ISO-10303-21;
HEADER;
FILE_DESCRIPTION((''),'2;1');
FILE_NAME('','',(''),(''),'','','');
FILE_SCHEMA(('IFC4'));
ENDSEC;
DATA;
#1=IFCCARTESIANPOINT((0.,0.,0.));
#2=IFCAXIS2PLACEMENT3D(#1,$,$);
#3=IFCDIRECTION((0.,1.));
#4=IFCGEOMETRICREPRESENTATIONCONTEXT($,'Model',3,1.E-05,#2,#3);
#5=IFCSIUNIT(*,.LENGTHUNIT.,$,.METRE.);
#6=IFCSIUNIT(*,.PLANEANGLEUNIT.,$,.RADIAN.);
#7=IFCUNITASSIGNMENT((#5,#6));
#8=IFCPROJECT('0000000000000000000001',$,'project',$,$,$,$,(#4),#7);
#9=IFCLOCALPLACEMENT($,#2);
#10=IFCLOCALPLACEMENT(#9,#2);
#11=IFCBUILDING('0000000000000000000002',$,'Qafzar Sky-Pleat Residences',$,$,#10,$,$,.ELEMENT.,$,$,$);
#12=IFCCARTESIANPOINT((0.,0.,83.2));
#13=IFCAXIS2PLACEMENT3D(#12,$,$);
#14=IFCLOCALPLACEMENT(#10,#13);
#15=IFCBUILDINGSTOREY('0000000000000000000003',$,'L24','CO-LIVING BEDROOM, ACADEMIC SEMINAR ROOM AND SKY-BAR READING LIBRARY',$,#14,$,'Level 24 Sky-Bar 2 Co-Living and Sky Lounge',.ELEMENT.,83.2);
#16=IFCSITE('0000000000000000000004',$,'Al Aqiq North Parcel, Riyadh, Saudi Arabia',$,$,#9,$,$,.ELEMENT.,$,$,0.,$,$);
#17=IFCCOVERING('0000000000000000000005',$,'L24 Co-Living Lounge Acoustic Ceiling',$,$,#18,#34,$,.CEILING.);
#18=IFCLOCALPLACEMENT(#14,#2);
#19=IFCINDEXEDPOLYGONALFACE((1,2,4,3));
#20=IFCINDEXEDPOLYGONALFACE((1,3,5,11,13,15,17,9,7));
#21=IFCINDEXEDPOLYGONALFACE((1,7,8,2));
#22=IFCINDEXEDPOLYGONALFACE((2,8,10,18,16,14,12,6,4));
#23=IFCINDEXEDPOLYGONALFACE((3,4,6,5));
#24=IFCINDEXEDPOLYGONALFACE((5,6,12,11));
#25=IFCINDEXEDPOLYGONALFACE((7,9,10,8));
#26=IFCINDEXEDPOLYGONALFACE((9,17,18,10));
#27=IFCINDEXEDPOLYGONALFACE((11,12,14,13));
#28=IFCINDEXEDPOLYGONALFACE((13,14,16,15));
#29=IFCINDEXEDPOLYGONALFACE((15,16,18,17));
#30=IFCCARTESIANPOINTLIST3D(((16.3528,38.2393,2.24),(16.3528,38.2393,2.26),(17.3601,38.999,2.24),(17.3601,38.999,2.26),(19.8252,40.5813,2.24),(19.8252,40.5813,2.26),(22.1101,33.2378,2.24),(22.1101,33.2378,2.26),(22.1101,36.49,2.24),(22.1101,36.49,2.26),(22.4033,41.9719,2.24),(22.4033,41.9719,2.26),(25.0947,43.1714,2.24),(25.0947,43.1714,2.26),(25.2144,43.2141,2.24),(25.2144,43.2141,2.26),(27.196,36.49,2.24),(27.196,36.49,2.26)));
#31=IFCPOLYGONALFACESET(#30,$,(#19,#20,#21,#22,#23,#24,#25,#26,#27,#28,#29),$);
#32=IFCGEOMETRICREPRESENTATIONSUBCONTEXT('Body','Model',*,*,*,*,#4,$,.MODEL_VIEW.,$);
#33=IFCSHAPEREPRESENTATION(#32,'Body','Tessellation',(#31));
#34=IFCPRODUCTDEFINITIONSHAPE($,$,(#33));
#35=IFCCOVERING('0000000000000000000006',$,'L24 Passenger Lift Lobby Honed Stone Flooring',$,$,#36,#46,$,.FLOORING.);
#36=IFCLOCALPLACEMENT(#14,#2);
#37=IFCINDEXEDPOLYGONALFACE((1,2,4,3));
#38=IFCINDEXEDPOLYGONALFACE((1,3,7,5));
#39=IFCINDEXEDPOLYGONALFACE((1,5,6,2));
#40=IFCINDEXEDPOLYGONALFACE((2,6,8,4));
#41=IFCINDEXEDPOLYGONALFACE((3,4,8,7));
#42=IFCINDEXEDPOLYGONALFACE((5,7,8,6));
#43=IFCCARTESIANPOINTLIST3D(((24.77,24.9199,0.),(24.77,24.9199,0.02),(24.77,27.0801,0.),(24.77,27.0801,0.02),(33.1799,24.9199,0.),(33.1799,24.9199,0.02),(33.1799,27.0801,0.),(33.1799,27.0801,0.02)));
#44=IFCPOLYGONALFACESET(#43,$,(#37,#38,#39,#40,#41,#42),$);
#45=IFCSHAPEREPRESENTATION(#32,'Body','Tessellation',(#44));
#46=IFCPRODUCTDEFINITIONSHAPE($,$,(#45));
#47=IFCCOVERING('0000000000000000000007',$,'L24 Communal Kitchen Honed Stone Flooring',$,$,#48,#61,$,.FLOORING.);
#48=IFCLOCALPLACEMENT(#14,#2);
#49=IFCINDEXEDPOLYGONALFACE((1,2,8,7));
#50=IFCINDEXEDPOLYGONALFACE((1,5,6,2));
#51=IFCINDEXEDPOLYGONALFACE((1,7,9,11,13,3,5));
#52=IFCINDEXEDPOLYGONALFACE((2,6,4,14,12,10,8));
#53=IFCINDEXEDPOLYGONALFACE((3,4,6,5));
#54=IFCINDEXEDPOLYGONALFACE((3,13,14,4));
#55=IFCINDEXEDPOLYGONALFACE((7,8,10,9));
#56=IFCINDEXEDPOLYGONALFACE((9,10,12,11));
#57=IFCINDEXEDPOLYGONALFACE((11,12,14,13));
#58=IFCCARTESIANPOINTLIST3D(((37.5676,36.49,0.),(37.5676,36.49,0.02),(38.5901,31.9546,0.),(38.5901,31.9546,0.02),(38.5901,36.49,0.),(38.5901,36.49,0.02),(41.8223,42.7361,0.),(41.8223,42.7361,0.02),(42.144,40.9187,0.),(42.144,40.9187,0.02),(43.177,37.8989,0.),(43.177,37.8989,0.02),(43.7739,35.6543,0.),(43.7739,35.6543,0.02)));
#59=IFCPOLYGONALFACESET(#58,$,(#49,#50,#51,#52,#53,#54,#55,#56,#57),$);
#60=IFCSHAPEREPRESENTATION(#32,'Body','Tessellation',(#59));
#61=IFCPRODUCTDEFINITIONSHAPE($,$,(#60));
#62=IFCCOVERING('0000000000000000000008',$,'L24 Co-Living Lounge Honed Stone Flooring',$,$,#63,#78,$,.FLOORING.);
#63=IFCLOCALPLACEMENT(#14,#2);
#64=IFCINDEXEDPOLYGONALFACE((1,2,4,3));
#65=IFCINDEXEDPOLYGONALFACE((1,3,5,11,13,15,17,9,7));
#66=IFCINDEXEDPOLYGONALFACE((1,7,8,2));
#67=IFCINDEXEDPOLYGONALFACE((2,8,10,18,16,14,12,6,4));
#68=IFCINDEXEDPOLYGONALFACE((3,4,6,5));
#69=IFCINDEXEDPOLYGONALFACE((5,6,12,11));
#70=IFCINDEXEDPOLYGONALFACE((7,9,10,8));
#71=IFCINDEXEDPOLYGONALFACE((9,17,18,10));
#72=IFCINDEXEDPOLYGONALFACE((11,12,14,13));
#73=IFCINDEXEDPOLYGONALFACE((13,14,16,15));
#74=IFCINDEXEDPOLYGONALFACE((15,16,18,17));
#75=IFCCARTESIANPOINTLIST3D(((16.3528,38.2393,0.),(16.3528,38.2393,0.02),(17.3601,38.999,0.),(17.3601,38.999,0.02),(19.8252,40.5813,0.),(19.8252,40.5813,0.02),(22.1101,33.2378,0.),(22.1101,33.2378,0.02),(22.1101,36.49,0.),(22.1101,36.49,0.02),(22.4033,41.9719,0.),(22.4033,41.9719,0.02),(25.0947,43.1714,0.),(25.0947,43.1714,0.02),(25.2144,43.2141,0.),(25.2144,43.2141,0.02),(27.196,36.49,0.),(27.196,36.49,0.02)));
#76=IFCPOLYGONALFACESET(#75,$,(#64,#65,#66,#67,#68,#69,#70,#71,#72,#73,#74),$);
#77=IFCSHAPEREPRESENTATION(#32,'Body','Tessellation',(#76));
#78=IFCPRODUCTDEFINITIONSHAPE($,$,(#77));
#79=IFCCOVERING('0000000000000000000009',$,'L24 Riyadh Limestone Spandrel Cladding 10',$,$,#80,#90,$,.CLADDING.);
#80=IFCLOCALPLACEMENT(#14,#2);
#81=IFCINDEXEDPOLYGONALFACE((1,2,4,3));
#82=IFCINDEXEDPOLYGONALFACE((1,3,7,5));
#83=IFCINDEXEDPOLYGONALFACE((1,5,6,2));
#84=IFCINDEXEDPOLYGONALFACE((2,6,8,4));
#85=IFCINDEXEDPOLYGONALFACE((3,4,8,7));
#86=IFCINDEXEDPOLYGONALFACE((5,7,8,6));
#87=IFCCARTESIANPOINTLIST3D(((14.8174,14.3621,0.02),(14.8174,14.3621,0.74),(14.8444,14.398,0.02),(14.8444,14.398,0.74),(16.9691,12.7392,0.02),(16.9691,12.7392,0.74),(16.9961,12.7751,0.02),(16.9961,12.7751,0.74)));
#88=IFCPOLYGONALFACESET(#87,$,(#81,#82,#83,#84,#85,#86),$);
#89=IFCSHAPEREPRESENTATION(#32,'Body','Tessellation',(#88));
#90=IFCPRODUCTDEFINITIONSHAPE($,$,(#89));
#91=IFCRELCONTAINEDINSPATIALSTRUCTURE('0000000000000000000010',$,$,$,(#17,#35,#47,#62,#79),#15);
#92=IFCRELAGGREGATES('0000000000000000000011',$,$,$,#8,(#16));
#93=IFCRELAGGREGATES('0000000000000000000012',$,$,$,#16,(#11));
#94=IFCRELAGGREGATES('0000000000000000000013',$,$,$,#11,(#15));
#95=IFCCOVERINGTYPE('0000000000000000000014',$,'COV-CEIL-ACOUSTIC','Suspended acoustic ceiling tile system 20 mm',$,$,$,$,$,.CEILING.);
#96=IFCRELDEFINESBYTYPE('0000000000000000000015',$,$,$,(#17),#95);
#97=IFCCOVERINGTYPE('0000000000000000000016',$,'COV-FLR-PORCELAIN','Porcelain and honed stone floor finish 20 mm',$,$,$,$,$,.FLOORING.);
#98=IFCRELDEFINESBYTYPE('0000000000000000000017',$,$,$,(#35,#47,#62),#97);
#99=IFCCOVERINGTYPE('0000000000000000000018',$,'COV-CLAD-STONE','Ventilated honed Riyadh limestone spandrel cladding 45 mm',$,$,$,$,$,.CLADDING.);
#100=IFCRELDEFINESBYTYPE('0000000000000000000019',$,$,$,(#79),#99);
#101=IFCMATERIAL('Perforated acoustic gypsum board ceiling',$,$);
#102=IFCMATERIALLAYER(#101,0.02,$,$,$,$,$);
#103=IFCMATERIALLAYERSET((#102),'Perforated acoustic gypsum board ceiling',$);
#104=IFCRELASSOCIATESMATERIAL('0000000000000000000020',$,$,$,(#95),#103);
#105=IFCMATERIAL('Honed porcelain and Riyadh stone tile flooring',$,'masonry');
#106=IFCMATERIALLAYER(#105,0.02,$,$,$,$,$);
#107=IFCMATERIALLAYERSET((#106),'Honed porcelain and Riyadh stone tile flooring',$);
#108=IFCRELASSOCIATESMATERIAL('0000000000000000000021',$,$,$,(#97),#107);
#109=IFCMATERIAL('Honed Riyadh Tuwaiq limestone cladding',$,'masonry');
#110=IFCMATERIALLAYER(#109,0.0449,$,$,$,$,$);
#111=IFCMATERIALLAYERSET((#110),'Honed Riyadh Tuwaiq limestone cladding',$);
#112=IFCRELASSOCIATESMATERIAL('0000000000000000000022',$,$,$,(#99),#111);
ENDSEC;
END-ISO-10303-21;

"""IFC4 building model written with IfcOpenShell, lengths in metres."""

from ifc_helpers import new_model, si_unit, direction, frame, origin, origin_2d, place, context, subcontext, project, spatial, polyline, rectangle, outline, extrude, source, transform, mapped, material, layer, layer_set, type_object, element, save


model = new_model("IFC4")

# Units and contexts
model_context = context("Model", 3, precision=1e-05, world=origin(), true_north=direction((0.0, 1.0)))
body_context = subcontext(model_context, "Body", "Model", "MODEL_VIEW")
ifc_project = project(units=[si_unit("LENGTHUNIT", "METRE"), si_unit("PLANEANGLEUNIT", "RADIAN")], contexts=[model_context])

# Site, building, storey
site_placement = place(None, origin())
site = spatial("IfcSite", under=ifc_project, at=site_placement, Name="Al Aqiq North Parcel, Riyadh, Saudi Arabia", CompositionType="ELEMENT", RefElevation=0.0)
building_placement = place(site_placement, origin())
building = spatial("IfcBuilding", under=site, at=building_placement, Name="Qafzar Sky-Pleat Residences", CompositionType="ELEMENT")
storey_placement = place(building_placement, frame((0.0, 0.0, 83.2)))
storey = spatial("IfcBuildingStorey", under=building, at=storey_placement, Name="L24", Description="CO-LIVING BEDROOM, ACADEMIC SEMINAR ROOM AND SKY-BAR READING LIBRARY", LongName="Level 24 Sky-Bar 2 Co-Living and Sky Lounge", CompositionType="ELEMENT", Elevation=83.2)

# Coverings
ifc_material_1 = material(Name="Perforated acoustic gypsum board ceiling")
ifc_layer_1 = layer(ifc_material_1, 0.02)
ifc_layer_set_1 = layer_set([ifc_layer_1], Name="Perforated acoustic gypsum board ceiling")
covering_type_1 = type_object("IfcCoveringType", Name="COV-CEIL-ACOUSTIC", Description="Suspended acoustic ceiling tile system 20 mm", PredefinedType="CEILING", material=ifc_layer_set_1)
covering_1_placement = place(storey_placement, frame((0.0, 0.0, 2.24)))
element("IfcCovering", 1, at=covering_1_placement, inside=storey, type_object=covering_type_1, Name="L24 Co-Living Lounge Acoustic Ceiling", PredefinedType="CEILING", context=body_context, shape_type="SweptSolid", body=[
    extrude(outline(polyline([(17.3601, 38.999), (19.8252, 40.5813), (22.4033, 41.9719), (25.0947, 43.1714), (25.2144, 43.2141), (27.196, 36.49), (22.1101, 36.49), (22.1101, 33.2378), (16.3528, 38.2393), (17.3601, 38.999)])), origin(), (0.0, 0.0, 1.0), 0.02),
])
ifc_material_2 = material(Name="Honed porcelain and Riyadh stone tile flooring", Category="masonry")
ifc_layer_2 = layer(ifc_material_2, 0.02)
ifc_layer_set_2 = layer_set([ifc_layer_2], Name="Honed porcelain and Riyadh stone tile flooring")
covering_type_2 = type_object("IfcCoveringType", Name="COV-FLR-PORCELAIN", Description="Porcelain and honed stone floor finish 20 mm", PredefinedType="FLOORING", material=ifc_layer_set_2)
covering_2_placement = place(storey_placement, origin())
element("IfcCovering", 2, at=covering_2_placement, inside=storey, type_object=covering_type_2, Name="L24 Passenger Lift Lobby Honed Stone Flooring", PredefinedType="FLOORING", context=body_context, shape_type="SweptSolid", body=[
    extrude(outline(polyline([(33.1799, 24.9199), (24.77, 24.9199), (24.77, 27.0801), (33.1799, 27.0801), (33.1799, 24.9199)])), origin(), (0.0, 0.0, 1.0), 0.02),
])
covering_3_placement = place(storey_placement, origin())
element("IfcCovering", 3, at=covering_3_placement, inside=storey, type_object=covering_type_2, Name="L24 Communal Kitchen Honed Stone Flooring", PredefinedType="FLOORING", context=body_context, shape_type="SweptSolid", body=[
    extrude(outline(polyline([(42.144, 40.9187), (43.177, 37.8989), (43.7739, 35.6543), (38.5901, 31.9546), (38.5901, 36.49), (37.5676, 36.49), (41.8223, 42.7361), (42.144, 40.9187)])), origin(), (0.0, 0.0, 1.0), 0.02),
])
covering_4_placement = place(storey_placement, origin())
element("IfcCovering", 4, at=covering_4_placement, inside=storey, type_object=covering_type_2, Name="L24 Co-Living Lounge Honed Stone Flooring", PredefinedType="FLOORING", context=body_context, shape_type="SweptSolid", body=[
    extrude(outline(polyline([(17.3601, 38.999), (19.8252, 40.5813), (22.4033, 41.9719), (25.0947, 43.1714), (25.2144, 43.2141), (27.196, 36.49), (22.1101, 36.49), (22.1101, 33.2378), (16.3528, 38.2393), (17.3601, 38.999)])), origin(), (0.0, 0.0, 1.0), 0.02),
])
ifc_material_3 = material(Name="Honed Riyadh Tuwaiq limestone cladding", Category="masonry")
ifc_layer_3 = layer(ifc_material_3, 0.0449)
ifc_layer_set_3 = layer_set([ifc_layer_3], Name="Honed Riyadh Tuwaiq limestone cladding")
covering_type_3 = type_object("IfcCoveringType", Name="COV-CLAD-STONE", Description="Ventilated honed Riyadh limestone spandrel cladding 45 mm", PredefinedType="CLADDING", material=ifc_layer_set_3)
shared_shape_1 = source(origin(), body_context, "Body", "SweptSolid", [
    extrude(rectangle(XDim=2.6951, YDim=0.0449, at=origin_2d()), origin(), (0.0, 0.0, 1.0), 0.72),
])
covering_5_placement = place(storey_placement, frame((15.9067, 13.5686, 0.02), z_axis=(0.0, 0.0, 1.0), x_axis=(0.798378, -0.602156, 0.0)))
element("IfcCovering", 5, at=covering_5_placement, inside=storey, type_object=covering_type_3, Name="L24 Riyadh Limestone Spandrel Cladding 10", PredefinedType="CLADDING", context=body_context, shape_type="MappedRepresentation", body=[
    mapped(shared_shape_1, transform((0.0, 0.0, 0.0), x_axis=(1.0, 0.0, 0.0), y_axis=(0.0, 1.0, 0.0), z_axis=(0.0, 0.0, 1.0), scale=1.0)),
])

save(model, "model.ifc")
